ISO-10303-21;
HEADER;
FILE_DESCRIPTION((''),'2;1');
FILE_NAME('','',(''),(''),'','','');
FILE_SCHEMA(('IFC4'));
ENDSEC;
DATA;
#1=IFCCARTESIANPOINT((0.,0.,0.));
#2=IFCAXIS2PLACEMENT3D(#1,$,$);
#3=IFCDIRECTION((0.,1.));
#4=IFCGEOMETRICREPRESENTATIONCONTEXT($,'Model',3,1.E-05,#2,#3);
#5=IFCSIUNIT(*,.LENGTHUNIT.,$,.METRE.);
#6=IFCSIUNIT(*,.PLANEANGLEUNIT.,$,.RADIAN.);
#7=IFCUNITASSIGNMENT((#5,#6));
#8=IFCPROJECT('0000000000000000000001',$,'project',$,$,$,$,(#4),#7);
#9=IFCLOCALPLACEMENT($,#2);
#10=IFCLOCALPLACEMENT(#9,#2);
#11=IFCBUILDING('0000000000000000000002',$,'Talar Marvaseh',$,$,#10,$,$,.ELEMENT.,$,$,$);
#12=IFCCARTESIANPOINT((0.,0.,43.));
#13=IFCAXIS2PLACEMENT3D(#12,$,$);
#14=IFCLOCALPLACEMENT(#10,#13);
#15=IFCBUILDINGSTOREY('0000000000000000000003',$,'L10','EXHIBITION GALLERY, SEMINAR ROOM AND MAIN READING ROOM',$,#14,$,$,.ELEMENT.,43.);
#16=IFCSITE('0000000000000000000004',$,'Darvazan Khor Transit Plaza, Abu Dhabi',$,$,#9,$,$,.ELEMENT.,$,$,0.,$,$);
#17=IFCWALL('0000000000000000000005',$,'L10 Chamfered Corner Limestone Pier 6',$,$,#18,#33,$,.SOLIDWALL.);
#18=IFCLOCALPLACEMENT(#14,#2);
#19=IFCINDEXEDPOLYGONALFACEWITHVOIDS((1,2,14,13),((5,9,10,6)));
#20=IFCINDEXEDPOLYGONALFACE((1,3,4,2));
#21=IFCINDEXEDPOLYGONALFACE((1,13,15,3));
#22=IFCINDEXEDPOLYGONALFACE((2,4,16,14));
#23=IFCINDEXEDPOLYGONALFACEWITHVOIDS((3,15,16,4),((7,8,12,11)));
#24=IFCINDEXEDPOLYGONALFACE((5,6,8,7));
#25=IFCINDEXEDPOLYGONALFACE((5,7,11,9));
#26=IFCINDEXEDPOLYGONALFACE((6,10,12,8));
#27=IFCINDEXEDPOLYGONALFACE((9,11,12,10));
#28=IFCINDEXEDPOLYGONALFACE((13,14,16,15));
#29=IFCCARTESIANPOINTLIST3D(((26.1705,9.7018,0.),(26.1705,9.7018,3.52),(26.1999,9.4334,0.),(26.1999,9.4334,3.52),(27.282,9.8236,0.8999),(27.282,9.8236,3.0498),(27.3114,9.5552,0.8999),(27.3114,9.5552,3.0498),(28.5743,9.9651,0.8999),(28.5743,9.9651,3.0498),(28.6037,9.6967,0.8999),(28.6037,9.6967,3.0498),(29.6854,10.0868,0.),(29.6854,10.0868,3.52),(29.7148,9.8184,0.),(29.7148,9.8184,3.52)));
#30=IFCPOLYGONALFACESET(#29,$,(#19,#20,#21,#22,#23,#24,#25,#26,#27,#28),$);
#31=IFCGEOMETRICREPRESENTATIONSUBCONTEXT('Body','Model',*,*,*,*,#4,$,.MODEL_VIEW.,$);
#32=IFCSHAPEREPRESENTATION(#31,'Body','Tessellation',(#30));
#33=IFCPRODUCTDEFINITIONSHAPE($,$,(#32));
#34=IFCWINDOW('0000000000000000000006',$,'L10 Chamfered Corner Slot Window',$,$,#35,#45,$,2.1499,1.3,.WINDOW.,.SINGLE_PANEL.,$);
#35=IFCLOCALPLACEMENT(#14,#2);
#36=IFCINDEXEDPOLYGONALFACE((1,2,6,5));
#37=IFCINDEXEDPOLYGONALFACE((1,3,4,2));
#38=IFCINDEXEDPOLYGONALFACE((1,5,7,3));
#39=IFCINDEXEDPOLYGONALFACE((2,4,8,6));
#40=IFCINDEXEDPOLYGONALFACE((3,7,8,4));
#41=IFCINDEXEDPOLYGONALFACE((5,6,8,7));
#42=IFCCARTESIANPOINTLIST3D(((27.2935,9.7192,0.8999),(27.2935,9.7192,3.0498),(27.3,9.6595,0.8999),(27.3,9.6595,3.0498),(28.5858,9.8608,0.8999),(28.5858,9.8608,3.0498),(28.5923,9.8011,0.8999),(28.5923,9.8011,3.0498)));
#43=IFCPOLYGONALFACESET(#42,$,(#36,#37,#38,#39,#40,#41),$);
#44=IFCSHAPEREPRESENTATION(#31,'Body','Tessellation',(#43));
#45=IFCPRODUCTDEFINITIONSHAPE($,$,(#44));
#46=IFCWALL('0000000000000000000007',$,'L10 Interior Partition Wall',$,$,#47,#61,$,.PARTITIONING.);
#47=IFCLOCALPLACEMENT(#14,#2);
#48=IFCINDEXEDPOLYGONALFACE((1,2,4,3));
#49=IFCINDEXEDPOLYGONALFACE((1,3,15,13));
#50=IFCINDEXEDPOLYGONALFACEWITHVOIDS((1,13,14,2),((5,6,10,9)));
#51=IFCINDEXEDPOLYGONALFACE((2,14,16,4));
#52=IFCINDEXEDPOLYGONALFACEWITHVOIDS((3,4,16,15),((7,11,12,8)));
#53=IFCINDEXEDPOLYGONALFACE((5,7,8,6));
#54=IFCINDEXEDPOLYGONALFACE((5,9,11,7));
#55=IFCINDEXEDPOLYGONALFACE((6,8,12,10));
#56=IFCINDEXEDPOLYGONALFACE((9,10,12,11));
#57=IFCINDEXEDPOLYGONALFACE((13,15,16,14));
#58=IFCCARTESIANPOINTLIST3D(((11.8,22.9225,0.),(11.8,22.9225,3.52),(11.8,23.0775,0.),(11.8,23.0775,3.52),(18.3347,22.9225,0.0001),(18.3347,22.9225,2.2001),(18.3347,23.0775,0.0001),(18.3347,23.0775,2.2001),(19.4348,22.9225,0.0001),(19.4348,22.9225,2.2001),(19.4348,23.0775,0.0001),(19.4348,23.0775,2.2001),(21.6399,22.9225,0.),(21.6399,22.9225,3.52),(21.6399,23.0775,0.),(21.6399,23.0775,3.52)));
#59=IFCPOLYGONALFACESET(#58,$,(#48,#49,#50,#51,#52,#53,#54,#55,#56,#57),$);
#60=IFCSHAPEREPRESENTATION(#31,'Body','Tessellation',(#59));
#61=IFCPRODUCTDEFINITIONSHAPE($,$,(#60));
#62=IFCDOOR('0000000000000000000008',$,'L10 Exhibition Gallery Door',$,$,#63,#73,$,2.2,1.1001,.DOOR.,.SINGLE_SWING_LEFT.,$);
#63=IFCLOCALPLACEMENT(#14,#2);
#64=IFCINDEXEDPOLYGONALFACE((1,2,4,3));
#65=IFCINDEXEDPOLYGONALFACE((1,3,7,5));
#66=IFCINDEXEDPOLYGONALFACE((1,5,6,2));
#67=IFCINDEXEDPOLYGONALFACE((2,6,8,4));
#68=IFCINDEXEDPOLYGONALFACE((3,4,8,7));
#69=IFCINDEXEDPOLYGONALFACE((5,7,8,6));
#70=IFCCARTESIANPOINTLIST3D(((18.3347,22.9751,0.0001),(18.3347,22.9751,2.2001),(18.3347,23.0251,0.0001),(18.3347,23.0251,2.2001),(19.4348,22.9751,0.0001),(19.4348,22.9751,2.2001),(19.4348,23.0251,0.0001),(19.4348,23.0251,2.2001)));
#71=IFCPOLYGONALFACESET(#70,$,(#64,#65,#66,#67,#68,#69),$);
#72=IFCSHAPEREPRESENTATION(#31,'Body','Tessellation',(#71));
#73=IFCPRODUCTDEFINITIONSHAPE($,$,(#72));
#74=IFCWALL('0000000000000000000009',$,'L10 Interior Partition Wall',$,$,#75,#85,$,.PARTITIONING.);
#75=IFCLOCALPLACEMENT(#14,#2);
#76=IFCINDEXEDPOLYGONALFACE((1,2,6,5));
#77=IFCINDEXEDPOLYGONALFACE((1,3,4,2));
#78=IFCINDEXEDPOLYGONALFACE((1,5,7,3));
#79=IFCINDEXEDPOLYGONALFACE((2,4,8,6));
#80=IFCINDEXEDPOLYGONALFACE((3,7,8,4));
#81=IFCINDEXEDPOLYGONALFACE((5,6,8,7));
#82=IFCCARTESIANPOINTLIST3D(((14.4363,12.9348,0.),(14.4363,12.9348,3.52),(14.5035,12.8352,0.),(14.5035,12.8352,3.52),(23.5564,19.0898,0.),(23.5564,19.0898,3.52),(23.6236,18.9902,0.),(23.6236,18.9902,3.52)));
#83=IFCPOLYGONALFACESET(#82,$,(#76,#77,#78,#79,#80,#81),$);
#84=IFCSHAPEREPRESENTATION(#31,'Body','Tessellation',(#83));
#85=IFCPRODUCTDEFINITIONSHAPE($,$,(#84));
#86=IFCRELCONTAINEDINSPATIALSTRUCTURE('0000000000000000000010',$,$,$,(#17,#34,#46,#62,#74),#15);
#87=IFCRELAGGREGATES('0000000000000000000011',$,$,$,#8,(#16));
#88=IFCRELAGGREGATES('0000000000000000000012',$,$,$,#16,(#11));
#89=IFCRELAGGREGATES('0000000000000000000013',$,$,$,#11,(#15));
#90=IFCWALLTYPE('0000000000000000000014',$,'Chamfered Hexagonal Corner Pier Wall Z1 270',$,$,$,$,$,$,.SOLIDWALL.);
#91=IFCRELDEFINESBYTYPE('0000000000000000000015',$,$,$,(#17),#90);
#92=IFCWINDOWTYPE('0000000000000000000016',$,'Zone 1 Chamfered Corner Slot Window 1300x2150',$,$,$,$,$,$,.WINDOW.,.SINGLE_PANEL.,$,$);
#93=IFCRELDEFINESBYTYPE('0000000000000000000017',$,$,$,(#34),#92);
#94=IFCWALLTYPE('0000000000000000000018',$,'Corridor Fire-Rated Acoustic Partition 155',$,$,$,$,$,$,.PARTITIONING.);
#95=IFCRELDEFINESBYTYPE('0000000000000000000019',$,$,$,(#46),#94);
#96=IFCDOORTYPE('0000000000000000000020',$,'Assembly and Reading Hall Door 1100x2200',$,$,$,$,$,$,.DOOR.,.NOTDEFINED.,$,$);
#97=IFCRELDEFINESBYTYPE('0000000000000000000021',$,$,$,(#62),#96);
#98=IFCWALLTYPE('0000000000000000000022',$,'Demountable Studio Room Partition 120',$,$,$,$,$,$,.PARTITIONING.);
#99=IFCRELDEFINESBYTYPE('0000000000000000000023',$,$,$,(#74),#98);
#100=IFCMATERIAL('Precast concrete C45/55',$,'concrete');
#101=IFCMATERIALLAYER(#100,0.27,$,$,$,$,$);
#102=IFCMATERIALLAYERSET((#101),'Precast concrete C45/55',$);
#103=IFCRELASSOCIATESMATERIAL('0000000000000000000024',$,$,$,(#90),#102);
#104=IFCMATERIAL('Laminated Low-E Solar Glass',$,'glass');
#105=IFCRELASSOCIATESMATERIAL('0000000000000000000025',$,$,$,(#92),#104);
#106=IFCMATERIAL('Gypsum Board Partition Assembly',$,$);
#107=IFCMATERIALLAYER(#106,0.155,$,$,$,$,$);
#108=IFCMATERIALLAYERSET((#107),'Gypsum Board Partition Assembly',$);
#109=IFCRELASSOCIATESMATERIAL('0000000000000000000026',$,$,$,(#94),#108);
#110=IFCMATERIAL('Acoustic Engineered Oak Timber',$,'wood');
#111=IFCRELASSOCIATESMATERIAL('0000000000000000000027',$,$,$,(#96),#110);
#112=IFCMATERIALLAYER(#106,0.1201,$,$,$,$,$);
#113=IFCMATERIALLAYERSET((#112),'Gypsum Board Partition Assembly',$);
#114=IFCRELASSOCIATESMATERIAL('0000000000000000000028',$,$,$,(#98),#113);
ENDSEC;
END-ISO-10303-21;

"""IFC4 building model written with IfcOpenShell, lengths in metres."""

from ifc_helpers import new_model, si_unit, direction, frame, frame_2d, origin, place, context, subcontext, project, spatial, rectangle, extrude, source, transform, mapped, material, layer, layer_set, type_object, type_shapes, element, fill, save


model = new_model("IFC4")

# Units and contexts
model_context = context("Model", 3, precision=1e-05, world=origin(), true_north=direction((0.0, 1.0)))
body_context = subcontext(model_context, "Body", "Model", "MODEL_VIEW")
ifc_project = project(units=[si_unit("LENGTHUNIT", "METRE"), si_unit("PLANEANGLEUNIT", "RADIAN")], contexts=[model_context])

# Site, building, storey
site_placement = place(None, origin())
site = spatial("IfcSite", under=ifc_project, at=site_placement, Name="Darvazan Khor Transit Plaza, Abu Dhabi", CompositionType="ELEMENT", RefElevation=0.0)
building_placement = place(site_placement, origin())
building = spatial("IfcBuilding", under=site, at=building_placement, Name="Talar Marvaseh", CompositionType="ELEMENT")
storey_placement = place(building_placement, frame((0.0, 0.0, 43.0)))
storey = spatial("IfcBuildingStorey", under=building, at=storey_placement, Name="L10", Description="EXHIBITION GALLERY, SEMINAR ROOM AND MAIN READING ROOM", CompositionType="ELEMENT", Elevation=43.0)

# Shared definitions
ifc_material_1 = material(Name="Laminated Low-E Solar Glass", Category="glass")

# Wall, opening, window
ifc_material_2 = material(Name="Precast concrete C45/55", Category="concrete")
ifc_layer_1 = layer(ifc_material_2, 0.27)
ifc_layer_set_1 = layer_set([ifc_layer_1], Name="Precast concrete C45/55")
wall_type_1 = type_object("IfcWallType", Name="Chamfered Hexagonal Corner Pier Wall Z1 270", PredefinedType="SOLIDWALL", material=ifc_layer_set_1)
wall_1_placement = place(storey_placement, frame((29.7002, 9.9526, 0.0), z_axis=(0.0, 0.0, 1.0), x_axis=(-0.994054, -0.108885, 0.0)))
wall_1 = element("IfcWall", 1, at=wall_1_placement, inside=storey, type_object=wall_type_1, Name="L10 Chamfered Corner Limestone Pier 6", PredefinedType="SOLIDWALL", context=body_context, shape_type="SweptSolid", body=[
    extrude(rectangle(XDim=3.5359, YDim=0.27, at=frame_2d((1.7681, 0.0))), origin(), (0.0, 0.0, 1.0), 3.52),
])
opening_1_placement = place(wall_1_placement, frame((1.1179, 0.0, 0.8999)))
opening_1 = element("IfcOpeningElement", 2, at=opening_1_placement, cuts=wall_1, PredefinedType="OPENING", context=body_context, shape_type="SweptSolid", body=[
    extrude(rectangle(XDim=1.3, YDim=2.1499, at=frame_2d((0.6499, 1.075))), frame((0.0, 0.145, 0.0), z_axis=(0.0, -1.0, 0.0), x_axis=(1.0, 0.0, 0.0)), (0.0, 0.0, 1.0), 0.29),
])
window_type = type_object("IfcWindowType", Name="Zone 1 Chamfered Corner Slot Window 1300x2150", PartitioningType="SINGLE_PANEL", PredefinedType="WINDOW", material=ifc_material_1)
shared_shape_1 = source(origin(), body_context, "Body", "SweptSolid", [
    extrude(rectangle(XDim=1.3, YDim=2.1499, at=frame_2d((0.6499, 1.075))), frame((0.0, 0.03, 0.0), z_axis=(0.0, -1.0, 0.0), x_axis=(1.0, 0.0, 0.0)), (0.0, 0.0, 1.0), 0.0601),
])
type_shapes(window_type, [shared_shape_1])
window_placement = place(opening_1_placement, origin())
window = element("IfcWindow", 3, at=window_placement, inside=storey, type_object=window_type, Name="L10 Chamfered Corner Slot Window", OverallHeight=2.1499, OverallWidth=1.3, PartitioningType="SINGLE_PANEL", PredefinedType="WINDOW", context=body_context, shape_type="MappedRepresentation", body=[
    mapped(shared_shape_1, transform((0.0, 0.0, 0.0), x_axis=(1.0, 0.0, 0.0), y_axis=(0.0, 1.0, 0.0), z_axis=(0.0, 0.0, 1.0), scale=1.0)),
])
fill(opening_1, window)

# Wall, opening, door
ifc_material_3 = material(Name="Gypsum Board Partition Assembly")
ifc_layer_2 = layer(ifc_material_3, 0.155)
ifc_layer_set_2 = layer_set([ifc_layer_2], Name="Gypsum Board Partition Assembly")
wall_type_2 = type_object("IfcWallType", Name="Corridor Fire-Rated Acoustic Partition 155", PredefinedType="PARTITIONING", material=ifc_layer_set_2)
wall_2_placement = place(storey_placement, frame((21.6399, 23.0, 0.0), z_axis=(0.0, 0.0, 1.0), x_axis=(-1.0, 0.0, 0.0)))
wall_2 = element("IfcWall", 4, at=wall_2_placement, inside=storey, type_object=wall_type_2, Name="L10 Interior Partition Wall", PredefinedType="PARTITIONING", context=body_context, shape_type="SweptSolid", body=[
    extrude(rectangle(XDim=9.8398, YDim=0.155, at=frame_2d((4.9199, 0.0))), origin(), (0.0, 0.0, 1.0), 3.52),
])
opening_2_placement = place(wall_2_placement, frame((2.2051, 0.0, 0.0)))
opening_2 = element("IfcOpeningElement", 5, at=opening_2_placement, cuts=wall_2, PredefinedType="OPENING", context=body_context, shape_type="SweptSolid", body=[
    extrude(rectangle(XDim=1.1001, YDim=2.2, at=frame_2d((0.55, 1.1001))), frame((0.0, 0.0874, 0.0), z_axis=(0.0, -1.0, 0.0), x_axis=(1.0, 0.0, 0.0)), (0.0, 0.0, 1.0), 0.175),
])
ifc_material_4 = material(Name="Acoustic Engineered Oak Timber", Category="wood")
door_type = type_object("IfcDoorType", Name="Assembly and Reading Hall Door 1100x2200", OperationType="NOTDEFINED", PredefinedType="DOOR", material=ifc_material_4)
shared_shape_2 = source(origin(), body_context, "Body", "SweptSolid", [
    extrude(rectangle(XDim=1.1001, YDim=2.2, at=frame_2d((0.55, 1.1001))), frame((0.0, 0.0249, 0.0), z_axis=(0.0, -1.0, 0.0), x_axis=(1.0, 0.0, 0.0)), (0.0, 0.0, 1.0), 0.05),
])
type_shapes(door_type, [shared_shape_2])
door_placement = place(opening_2_placement, origin())
door = element("IfcDoor", 6, at=door_placement, inside=storey, type_object=door_type, Name="L10 Exhibition Gallery Door", OperationType="SINGLE_SWING_LEFT", OverallHeight=2.2, OverallWidth=1.1001, PredefinedType="DOOR", context=body_context, shape_type="MappedRepresentation", body=[
    mapped(shared_shape_2, transform((0.0, 0.0, 0.0), x_axis=(1.0, 0.0, 0.0), y_axis=(0.0, 1.0, 0.0), z_axis=(0.0, 0.0, 1.0), scale=1.0)),
])
fill(opening_2, door)

# Wall
ifc_layer_3 = layer(ifc_material_3, 0.1201)
ifc_layer_set_3 = layer_set([ifc_layer_3], Name="Gypsum Board Partition Assembly")
wall_type_3 = type_object("IfcWallType", Name="Demountable Studio Room Partition 120", PredefinedType="PARTITIONING", material=ifc_layer_set_3)
wall_3_placement = place(storey_placement, frame((23.5901, 19.04, 0.0), z_axis=(0.0, 0.0, 1.0), x_axis=(-0.828893, -0.559407, 0.0)))
element("IfcWall", 7, at=wall_3_placement, inside=storey, type_object=wall_type_3, Name="L10 Interior Partition Wall", PredefinedType="PARTITIONING", context=body_context, shape_type="SweptSolid", body=[
    extrude(rectangle(XDim=11.0027, YDim=0.1201, at=frame_2d((5.5015, 0.0))), origin(), (0.0, 0.0, 1.0), 3.52),
])

save(model, "model.ifc")
